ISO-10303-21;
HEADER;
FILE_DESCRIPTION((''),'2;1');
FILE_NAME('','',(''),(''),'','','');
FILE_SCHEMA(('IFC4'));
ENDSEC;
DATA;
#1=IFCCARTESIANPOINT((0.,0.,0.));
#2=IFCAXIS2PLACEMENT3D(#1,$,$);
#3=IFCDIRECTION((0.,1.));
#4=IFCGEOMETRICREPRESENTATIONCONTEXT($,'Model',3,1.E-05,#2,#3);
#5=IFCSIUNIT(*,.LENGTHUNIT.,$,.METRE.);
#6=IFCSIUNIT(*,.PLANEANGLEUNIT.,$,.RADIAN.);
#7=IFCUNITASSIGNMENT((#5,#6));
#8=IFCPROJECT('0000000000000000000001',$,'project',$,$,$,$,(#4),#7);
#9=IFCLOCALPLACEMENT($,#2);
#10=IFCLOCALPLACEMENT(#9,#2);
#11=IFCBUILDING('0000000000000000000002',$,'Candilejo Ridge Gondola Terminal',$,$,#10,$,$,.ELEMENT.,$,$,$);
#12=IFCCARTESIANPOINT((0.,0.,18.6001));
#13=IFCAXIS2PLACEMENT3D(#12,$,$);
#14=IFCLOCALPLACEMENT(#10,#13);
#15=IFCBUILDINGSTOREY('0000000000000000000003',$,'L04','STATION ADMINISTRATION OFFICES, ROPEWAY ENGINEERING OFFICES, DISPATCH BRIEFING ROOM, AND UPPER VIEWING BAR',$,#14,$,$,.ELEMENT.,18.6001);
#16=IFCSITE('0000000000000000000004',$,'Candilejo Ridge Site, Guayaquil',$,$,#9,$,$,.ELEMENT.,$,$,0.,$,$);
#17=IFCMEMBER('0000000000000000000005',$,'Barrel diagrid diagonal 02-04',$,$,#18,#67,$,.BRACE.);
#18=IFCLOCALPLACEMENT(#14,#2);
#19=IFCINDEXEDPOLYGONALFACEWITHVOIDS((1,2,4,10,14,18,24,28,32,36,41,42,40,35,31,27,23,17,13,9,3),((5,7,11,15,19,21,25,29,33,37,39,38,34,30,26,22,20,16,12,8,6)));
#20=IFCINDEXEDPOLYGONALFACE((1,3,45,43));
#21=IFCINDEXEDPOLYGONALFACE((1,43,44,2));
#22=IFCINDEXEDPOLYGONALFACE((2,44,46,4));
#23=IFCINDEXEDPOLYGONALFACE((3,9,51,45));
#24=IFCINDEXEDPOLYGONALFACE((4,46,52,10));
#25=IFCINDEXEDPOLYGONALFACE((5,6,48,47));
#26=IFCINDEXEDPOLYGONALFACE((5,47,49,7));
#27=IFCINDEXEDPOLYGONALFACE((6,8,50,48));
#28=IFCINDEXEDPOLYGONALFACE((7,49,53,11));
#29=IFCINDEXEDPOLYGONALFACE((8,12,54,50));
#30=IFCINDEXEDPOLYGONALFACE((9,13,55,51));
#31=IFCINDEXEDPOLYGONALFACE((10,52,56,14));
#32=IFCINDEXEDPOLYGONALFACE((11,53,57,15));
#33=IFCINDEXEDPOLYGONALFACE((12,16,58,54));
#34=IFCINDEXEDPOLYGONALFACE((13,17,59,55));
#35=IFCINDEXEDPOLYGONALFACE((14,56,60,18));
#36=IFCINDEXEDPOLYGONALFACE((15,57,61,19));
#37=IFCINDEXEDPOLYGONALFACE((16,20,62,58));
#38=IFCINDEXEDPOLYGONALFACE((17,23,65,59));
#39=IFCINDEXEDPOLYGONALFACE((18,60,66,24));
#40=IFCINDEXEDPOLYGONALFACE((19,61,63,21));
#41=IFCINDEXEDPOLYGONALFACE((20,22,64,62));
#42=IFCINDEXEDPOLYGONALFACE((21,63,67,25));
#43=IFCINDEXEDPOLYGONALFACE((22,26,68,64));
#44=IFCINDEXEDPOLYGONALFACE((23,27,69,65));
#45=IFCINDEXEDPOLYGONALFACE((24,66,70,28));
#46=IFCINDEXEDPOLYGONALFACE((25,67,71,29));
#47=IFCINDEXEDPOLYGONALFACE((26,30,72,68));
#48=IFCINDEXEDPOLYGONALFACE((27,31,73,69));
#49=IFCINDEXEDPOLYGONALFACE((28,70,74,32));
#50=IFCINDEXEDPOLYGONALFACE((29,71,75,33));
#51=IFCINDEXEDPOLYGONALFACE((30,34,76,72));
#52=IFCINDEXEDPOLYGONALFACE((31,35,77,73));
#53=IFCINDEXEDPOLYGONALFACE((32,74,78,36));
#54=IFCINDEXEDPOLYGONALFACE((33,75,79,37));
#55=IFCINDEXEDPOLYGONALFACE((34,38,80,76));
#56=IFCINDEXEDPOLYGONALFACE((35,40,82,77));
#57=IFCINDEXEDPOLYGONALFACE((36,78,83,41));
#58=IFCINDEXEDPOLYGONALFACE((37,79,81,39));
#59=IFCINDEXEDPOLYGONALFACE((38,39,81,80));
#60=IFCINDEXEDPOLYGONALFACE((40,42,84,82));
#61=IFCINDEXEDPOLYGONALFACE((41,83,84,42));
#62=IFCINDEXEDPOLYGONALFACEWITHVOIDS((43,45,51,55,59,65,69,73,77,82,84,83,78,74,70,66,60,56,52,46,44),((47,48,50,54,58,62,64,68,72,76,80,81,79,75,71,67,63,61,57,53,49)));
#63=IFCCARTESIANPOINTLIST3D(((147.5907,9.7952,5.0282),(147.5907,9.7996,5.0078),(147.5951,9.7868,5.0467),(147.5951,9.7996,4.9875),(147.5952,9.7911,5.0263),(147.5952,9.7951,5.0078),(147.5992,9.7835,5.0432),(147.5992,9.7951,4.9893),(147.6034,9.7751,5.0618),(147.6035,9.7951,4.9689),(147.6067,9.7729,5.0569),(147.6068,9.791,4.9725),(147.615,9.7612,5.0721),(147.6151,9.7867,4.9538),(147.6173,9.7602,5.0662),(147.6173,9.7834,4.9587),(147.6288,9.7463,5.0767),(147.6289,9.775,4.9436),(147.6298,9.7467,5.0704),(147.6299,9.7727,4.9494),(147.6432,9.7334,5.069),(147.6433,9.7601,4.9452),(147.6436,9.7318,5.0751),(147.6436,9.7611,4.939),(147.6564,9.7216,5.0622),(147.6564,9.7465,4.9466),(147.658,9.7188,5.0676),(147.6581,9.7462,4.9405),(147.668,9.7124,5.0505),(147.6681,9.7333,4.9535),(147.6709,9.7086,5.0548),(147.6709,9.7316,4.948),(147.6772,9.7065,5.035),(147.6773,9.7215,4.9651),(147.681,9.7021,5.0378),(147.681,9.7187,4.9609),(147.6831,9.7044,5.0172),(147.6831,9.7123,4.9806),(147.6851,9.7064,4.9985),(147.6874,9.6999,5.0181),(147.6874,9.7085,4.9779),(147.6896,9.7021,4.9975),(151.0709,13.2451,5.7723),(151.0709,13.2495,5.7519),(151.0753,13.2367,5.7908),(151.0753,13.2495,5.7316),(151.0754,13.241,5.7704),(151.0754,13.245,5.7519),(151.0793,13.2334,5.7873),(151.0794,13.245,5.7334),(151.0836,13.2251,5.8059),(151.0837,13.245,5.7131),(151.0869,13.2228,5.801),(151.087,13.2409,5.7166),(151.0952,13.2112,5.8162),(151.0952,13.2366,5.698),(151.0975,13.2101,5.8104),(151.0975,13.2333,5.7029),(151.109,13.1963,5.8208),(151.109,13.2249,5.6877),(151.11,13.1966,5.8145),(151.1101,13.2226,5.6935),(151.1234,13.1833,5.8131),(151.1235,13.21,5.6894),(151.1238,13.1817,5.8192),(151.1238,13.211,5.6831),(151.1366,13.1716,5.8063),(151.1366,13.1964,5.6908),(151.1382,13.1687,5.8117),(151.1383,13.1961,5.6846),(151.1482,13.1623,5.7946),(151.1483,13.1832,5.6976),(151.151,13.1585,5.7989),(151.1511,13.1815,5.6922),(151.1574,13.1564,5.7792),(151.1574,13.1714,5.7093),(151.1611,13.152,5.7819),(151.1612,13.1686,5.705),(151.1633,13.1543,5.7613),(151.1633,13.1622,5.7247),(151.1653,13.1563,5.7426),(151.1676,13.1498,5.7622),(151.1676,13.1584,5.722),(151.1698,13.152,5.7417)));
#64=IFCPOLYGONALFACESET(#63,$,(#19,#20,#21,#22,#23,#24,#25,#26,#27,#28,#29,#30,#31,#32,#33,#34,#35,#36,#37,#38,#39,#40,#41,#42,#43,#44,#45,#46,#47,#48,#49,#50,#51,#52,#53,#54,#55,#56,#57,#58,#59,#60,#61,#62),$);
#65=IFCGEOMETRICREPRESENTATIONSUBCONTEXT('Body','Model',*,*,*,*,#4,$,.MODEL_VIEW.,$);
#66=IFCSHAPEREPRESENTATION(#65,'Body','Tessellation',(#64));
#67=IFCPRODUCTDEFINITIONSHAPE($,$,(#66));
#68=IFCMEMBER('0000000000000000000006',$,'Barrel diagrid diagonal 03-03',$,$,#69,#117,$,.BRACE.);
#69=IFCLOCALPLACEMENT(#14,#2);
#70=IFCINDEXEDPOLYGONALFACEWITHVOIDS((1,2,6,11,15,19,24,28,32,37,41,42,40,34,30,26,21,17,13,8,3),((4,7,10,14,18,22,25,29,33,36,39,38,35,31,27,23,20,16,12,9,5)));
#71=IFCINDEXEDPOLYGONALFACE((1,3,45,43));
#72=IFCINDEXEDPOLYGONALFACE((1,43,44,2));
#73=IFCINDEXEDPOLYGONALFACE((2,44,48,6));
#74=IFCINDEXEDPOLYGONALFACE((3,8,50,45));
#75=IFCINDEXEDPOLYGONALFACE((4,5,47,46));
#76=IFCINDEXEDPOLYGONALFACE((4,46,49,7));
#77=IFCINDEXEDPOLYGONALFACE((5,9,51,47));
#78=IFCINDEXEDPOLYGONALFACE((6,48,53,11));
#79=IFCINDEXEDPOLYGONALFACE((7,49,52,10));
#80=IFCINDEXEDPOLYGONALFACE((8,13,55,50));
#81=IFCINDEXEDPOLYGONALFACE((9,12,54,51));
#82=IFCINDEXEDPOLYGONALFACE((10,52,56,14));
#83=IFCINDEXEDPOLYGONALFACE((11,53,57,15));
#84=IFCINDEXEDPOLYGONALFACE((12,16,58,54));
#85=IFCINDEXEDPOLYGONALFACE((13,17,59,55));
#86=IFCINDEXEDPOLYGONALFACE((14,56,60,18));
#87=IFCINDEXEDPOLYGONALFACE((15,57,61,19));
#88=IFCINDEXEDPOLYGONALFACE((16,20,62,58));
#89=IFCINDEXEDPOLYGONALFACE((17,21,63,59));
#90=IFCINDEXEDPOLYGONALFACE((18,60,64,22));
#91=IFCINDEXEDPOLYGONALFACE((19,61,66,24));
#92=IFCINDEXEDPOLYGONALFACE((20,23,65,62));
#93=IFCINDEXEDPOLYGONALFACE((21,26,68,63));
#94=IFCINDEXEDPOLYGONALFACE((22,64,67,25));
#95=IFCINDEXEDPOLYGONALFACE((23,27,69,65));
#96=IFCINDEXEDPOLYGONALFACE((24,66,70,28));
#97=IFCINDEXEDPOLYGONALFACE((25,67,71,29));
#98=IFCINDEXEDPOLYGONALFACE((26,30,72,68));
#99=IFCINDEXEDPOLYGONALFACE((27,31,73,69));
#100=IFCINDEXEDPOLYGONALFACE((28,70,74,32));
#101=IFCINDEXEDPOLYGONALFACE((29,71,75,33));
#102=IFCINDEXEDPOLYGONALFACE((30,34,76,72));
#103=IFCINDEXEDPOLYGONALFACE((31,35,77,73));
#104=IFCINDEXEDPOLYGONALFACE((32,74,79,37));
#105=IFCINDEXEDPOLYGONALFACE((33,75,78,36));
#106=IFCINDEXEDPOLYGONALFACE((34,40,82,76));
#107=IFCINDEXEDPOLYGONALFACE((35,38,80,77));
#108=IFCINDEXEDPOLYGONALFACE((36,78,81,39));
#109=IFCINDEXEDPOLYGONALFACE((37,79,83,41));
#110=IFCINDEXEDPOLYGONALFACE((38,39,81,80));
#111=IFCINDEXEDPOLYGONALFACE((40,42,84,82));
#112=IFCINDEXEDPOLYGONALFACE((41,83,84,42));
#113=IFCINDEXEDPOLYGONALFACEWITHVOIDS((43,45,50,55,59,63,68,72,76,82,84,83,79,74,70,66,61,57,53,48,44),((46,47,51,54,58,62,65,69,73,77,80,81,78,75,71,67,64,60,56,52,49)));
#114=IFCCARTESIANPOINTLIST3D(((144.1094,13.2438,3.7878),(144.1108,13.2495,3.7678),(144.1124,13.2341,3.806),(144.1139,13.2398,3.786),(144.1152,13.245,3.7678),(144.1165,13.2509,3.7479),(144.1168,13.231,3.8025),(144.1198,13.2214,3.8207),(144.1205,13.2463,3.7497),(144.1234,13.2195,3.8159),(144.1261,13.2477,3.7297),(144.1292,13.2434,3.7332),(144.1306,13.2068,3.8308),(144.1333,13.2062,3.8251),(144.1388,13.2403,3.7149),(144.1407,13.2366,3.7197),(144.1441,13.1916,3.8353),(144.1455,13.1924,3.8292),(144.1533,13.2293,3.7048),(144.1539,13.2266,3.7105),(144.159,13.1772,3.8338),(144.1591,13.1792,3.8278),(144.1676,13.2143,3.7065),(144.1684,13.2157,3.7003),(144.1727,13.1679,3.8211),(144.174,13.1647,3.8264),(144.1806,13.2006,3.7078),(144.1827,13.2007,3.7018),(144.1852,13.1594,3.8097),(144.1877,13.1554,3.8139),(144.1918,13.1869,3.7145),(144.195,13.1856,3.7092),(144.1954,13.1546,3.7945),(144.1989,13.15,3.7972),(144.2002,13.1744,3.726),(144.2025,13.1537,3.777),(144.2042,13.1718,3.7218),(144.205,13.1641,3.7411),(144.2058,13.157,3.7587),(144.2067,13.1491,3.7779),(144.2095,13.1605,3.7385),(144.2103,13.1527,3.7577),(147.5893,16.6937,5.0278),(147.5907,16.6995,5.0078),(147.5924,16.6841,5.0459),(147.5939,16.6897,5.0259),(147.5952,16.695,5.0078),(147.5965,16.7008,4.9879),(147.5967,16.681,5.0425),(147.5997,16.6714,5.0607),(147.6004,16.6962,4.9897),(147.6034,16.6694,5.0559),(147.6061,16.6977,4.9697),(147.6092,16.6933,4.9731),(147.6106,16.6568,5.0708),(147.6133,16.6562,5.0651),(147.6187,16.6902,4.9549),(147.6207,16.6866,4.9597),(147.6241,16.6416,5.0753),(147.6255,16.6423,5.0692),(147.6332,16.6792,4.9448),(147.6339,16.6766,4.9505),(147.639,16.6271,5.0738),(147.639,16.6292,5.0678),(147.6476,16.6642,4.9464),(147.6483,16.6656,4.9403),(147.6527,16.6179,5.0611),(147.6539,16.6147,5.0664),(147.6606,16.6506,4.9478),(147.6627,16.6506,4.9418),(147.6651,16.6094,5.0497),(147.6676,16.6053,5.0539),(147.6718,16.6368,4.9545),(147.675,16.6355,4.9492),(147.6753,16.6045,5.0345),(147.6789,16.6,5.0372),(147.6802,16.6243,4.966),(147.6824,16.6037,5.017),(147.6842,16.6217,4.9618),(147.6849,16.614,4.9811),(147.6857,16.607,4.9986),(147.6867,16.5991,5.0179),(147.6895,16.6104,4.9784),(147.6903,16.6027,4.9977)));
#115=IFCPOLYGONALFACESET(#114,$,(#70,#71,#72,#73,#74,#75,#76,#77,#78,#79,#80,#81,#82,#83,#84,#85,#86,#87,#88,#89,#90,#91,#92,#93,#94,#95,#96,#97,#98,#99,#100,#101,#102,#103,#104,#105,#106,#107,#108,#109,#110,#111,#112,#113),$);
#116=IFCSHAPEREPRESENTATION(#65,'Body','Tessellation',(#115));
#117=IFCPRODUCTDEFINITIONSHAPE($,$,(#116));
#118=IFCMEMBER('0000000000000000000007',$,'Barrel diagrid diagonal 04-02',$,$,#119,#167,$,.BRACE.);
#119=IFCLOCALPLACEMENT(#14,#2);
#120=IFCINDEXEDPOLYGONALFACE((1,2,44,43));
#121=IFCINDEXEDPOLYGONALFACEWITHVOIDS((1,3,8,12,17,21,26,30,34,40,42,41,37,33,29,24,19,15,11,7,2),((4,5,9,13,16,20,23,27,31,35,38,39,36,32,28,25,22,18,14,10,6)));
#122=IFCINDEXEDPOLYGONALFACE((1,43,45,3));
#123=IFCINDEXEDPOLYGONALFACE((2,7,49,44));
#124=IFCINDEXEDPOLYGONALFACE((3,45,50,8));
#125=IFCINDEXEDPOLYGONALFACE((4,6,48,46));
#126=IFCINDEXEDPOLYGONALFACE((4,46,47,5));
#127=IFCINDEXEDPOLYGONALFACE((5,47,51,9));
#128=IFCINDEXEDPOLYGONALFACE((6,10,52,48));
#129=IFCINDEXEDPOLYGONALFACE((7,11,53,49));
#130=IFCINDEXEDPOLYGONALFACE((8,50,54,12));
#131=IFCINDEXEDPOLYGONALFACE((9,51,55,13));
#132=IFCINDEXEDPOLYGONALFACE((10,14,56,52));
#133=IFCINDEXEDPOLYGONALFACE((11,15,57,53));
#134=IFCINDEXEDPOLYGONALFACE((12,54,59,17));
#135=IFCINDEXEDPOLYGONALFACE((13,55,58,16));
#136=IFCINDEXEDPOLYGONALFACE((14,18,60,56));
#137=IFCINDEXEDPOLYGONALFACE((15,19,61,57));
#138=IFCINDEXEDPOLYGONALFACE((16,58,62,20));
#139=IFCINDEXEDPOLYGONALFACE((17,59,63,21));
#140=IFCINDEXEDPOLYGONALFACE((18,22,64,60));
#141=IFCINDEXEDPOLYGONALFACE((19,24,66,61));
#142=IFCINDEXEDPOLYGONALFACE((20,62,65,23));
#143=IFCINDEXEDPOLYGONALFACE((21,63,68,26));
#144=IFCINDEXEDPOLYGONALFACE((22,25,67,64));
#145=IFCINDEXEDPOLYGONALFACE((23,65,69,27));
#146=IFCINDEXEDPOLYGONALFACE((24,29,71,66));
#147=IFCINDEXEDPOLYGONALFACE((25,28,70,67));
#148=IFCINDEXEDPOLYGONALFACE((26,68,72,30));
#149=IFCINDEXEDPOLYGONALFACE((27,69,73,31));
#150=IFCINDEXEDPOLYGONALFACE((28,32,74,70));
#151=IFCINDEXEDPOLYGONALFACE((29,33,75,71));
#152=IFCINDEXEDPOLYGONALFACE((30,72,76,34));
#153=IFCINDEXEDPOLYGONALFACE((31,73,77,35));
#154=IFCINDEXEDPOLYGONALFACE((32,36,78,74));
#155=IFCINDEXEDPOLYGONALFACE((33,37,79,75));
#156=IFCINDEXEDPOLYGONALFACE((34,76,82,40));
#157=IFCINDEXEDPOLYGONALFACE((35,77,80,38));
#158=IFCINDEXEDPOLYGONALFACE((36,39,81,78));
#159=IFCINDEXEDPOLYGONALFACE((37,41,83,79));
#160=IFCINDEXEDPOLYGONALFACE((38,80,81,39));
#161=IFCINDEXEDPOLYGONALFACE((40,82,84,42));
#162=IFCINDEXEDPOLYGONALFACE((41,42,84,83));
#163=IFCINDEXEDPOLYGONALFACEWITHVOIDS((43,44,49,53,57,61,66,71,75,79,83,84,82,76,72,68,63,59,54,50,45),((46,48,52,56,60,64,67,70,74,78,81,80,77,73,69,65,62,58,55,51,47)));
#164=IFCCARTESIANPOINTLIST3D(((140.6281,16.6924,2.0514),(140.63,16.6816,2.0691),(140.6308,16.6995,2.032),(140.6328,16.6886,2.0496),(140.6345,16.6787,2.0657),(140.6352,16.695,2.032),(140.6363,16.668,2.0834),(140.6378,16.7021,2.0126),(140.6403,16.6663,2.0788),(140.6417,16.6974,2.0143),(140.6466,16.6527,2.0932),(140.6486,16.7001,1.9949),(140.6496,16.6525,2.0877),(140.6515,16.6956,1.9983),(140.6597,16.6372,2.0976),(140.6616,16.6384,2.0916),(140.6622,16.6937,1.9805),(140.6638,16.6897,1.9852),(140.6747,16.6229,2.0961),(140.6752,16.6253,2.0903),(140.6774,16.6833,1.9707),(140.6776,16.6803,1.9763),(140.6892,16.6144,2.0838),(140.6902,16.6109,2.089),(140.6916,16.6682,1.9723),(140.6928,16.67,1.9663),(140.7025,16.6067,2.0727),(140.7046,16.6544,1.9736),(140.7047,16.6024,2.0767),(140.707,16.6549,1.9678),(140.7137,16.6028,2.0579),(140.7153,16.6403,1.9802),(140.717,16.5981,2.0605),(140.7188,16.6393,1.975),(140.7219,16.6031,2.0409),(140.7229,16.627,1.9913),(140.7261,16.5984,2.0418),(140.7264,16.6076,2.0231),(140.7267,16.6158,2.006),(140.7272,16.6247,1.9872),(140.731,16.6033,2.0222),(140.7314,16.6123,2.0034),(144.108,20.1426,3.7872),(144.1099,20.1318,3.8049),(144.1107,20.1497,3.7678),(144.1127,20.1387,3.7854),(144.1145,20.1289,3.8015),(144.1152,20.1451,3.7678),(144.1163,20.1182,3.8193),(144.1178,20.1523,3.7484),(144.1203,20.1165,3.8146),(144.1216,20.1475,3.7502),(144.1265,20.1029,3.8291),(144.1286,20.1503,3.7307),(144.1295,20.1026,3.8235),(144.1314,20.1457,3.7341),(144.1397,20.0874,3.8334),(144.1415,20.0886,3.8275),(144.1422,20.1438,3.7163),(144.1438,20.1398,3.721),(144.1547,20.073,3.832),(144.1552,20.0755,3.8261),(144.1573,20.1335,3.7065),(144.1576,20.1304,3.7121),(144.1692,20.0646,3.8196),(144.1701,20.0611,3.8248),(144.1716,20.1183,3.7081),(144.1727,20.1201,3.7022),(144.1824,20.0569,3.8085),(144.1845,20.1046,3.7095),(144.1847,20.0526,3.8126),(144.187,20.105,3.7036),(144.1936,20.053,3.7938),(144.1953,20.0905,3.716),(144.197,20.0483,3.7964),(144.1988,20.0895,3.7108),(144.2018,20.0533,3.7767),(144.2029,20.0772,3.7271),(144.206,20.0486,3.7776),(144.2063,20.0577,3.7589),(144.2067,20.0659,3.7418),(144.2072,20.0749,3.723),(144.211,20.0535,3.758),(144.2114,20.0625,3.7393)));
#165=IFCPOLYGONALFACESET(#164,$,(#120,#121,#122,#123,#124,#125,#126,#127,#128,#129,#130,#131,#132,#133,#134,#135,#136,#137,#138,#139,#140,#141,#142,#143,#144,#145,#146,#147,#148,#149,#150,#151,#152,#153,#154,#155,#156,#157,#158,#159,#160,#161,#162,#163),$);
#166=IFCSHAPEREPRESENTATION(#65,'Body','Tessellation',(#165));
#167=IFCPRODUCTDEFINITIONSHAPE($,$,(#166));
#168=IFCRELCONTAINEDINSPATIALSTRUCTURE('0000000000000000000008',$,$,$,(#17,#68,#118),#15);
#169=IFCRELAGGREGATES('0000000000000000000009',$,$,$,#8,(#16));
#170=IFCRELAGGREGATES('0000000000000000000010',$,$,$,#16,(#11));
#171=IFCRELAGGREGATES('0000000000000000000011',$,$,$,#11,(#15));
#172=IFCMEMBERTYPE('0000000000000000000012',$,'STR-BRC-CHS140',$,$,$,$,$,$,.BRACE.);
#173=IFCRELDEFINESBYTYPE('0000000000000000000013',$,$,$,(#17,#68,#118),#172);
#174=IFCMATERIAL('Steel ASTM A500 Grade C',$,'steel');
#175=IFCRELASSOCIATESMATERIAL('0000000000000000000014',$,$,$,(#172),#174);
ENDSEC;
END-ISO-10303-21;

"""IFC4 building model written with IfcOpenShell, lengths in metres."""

from ifc_helpers import new_model, si_unit, direction, frame, origin, origin_2d, place, context, subcontext, project, spatial, hollow_circle, extrude, material, material_profile, profile_set, type_object, element, save


model = new_model("IFC4")

# Units and contexts
model_context = context("Model", 3, precision=1e-05, world=origin(), true_north=direction((0.0, 1.0)))
body_context = subcontext(model_context, "Body", "Model", "MODEL_VIEW")
ifc_project = project(units=[si_unit("LENGTHUNIT", "METRE"), si_unit("PLANEANGLEUNIT", "RADIAN")], contexts=[model_context])

# Site, building, storey
site_placement = place(None, origin())
site = spatial("IfcSite", under=ifc_project, at=site_placement, Name="Candilejo Ridge Site, Guayaquil", CompositionType="ELEMENT", RefElevation=0.0)
building_placement = place(site_placement, origin())
building = spatial("IfcBuilding", under=site, at=building_placement, Name="Candilejo Ridge Gondola Terminal", CompositionType="ELEMENT")
storey_placement = place(building_placement, frame((0.0, 0.0, 18.6001)))
storey = spatial("IfcBuildingStorey", under=building, at=storey_placement, Name="L04", Description="STATION ADMINISTRATION OFFICES, ROPEWAY ENGINEERING OFFICES, DISPATCH BRIEFING ROOM, AND UPPER VIEWING BAR", CompositionType="ELEMENT", Elevation=18.6001)

# Members
ifc_material_1 = material(Name="Steel ASTM A500 Grade C", Category="steel")
ifc_material_profile_1 = material_profile(ifc_material_1, hollow_circle(Radius=0.0698, WallThickness=0.0063, at=origin_2d()))
ifc_profile_set_1 = profile_set([ifc_material_profile_1], Name="Steel ASTM A500 Grade C")
member_type_1 = type_object("IfcMemberType", Name="STR-BRC-CHS140", PredefinedType="BRACE", material=ifc_profile_set_1)
member_1_placement = place(storey_placement, frame((147.6399, 9.75, 5.0078), z_axis=(0.70214, 0.696032, 0.150131), x_axis=(-0.704011, 0.710189, 0.0)))
element("IfcMember", 1, at=member_1_placement, inside=storey, type_object=member_type_1, Name="Barrel diagrid diagonal 02-04", PredefinedType="BRACE", context=body_context, shape_type="SweptSolid", body=[
    extrude(hollow_circle(Radius=0.0698, WallThickness=0.0063, at=origin_2d()), origin(), (0.0, 0.0, 1.0), 4.9565),
])
member_2_placement = place(storey_placement, frame((144.1599, 13.2, 3.7678), z_axis=(0.688464, 0.682523, 0.245314), x_axis=(-0.704036, 0.710164, 0.0)))
element("IfcMember", 2, at=member_2_placement, inside=storey, type_object=member_type_1, Name="Barrel diagrid diagonal 03-03", PredefinedType="BRACE", context=body_context, shape_type="SweptSolid", body=[
    extrude(hollow_circle(Radius=0.0698, WallThickness=0.0063, at=origin_2d()), origin(), (0.0, 0.0, 1.0), 5.0547),
])
member_3_placement = place(storey_placement, frame((140.6799, 16.6499, 2.032), z_axis=(0.669385, 0.663656, 0.333894), x_axis=(-0.704061, 0.710139, 0.0)))
element("IfcMember", 3, at=member_3_placement, inside=storey, type_object=member_type_1, Name="Barrel diagrid diagonal 04-02", PredefinedType="BRACE", context=body_context, shape_type="SweptSolid", body=[
    extrude(hollow_circle(Radius=0.0698, WallThickness=0.0063, at=origin_2d()), origin(), (0.0, 0.0, 1.0), 5.1987),
])

save(model, "model.ifc")
